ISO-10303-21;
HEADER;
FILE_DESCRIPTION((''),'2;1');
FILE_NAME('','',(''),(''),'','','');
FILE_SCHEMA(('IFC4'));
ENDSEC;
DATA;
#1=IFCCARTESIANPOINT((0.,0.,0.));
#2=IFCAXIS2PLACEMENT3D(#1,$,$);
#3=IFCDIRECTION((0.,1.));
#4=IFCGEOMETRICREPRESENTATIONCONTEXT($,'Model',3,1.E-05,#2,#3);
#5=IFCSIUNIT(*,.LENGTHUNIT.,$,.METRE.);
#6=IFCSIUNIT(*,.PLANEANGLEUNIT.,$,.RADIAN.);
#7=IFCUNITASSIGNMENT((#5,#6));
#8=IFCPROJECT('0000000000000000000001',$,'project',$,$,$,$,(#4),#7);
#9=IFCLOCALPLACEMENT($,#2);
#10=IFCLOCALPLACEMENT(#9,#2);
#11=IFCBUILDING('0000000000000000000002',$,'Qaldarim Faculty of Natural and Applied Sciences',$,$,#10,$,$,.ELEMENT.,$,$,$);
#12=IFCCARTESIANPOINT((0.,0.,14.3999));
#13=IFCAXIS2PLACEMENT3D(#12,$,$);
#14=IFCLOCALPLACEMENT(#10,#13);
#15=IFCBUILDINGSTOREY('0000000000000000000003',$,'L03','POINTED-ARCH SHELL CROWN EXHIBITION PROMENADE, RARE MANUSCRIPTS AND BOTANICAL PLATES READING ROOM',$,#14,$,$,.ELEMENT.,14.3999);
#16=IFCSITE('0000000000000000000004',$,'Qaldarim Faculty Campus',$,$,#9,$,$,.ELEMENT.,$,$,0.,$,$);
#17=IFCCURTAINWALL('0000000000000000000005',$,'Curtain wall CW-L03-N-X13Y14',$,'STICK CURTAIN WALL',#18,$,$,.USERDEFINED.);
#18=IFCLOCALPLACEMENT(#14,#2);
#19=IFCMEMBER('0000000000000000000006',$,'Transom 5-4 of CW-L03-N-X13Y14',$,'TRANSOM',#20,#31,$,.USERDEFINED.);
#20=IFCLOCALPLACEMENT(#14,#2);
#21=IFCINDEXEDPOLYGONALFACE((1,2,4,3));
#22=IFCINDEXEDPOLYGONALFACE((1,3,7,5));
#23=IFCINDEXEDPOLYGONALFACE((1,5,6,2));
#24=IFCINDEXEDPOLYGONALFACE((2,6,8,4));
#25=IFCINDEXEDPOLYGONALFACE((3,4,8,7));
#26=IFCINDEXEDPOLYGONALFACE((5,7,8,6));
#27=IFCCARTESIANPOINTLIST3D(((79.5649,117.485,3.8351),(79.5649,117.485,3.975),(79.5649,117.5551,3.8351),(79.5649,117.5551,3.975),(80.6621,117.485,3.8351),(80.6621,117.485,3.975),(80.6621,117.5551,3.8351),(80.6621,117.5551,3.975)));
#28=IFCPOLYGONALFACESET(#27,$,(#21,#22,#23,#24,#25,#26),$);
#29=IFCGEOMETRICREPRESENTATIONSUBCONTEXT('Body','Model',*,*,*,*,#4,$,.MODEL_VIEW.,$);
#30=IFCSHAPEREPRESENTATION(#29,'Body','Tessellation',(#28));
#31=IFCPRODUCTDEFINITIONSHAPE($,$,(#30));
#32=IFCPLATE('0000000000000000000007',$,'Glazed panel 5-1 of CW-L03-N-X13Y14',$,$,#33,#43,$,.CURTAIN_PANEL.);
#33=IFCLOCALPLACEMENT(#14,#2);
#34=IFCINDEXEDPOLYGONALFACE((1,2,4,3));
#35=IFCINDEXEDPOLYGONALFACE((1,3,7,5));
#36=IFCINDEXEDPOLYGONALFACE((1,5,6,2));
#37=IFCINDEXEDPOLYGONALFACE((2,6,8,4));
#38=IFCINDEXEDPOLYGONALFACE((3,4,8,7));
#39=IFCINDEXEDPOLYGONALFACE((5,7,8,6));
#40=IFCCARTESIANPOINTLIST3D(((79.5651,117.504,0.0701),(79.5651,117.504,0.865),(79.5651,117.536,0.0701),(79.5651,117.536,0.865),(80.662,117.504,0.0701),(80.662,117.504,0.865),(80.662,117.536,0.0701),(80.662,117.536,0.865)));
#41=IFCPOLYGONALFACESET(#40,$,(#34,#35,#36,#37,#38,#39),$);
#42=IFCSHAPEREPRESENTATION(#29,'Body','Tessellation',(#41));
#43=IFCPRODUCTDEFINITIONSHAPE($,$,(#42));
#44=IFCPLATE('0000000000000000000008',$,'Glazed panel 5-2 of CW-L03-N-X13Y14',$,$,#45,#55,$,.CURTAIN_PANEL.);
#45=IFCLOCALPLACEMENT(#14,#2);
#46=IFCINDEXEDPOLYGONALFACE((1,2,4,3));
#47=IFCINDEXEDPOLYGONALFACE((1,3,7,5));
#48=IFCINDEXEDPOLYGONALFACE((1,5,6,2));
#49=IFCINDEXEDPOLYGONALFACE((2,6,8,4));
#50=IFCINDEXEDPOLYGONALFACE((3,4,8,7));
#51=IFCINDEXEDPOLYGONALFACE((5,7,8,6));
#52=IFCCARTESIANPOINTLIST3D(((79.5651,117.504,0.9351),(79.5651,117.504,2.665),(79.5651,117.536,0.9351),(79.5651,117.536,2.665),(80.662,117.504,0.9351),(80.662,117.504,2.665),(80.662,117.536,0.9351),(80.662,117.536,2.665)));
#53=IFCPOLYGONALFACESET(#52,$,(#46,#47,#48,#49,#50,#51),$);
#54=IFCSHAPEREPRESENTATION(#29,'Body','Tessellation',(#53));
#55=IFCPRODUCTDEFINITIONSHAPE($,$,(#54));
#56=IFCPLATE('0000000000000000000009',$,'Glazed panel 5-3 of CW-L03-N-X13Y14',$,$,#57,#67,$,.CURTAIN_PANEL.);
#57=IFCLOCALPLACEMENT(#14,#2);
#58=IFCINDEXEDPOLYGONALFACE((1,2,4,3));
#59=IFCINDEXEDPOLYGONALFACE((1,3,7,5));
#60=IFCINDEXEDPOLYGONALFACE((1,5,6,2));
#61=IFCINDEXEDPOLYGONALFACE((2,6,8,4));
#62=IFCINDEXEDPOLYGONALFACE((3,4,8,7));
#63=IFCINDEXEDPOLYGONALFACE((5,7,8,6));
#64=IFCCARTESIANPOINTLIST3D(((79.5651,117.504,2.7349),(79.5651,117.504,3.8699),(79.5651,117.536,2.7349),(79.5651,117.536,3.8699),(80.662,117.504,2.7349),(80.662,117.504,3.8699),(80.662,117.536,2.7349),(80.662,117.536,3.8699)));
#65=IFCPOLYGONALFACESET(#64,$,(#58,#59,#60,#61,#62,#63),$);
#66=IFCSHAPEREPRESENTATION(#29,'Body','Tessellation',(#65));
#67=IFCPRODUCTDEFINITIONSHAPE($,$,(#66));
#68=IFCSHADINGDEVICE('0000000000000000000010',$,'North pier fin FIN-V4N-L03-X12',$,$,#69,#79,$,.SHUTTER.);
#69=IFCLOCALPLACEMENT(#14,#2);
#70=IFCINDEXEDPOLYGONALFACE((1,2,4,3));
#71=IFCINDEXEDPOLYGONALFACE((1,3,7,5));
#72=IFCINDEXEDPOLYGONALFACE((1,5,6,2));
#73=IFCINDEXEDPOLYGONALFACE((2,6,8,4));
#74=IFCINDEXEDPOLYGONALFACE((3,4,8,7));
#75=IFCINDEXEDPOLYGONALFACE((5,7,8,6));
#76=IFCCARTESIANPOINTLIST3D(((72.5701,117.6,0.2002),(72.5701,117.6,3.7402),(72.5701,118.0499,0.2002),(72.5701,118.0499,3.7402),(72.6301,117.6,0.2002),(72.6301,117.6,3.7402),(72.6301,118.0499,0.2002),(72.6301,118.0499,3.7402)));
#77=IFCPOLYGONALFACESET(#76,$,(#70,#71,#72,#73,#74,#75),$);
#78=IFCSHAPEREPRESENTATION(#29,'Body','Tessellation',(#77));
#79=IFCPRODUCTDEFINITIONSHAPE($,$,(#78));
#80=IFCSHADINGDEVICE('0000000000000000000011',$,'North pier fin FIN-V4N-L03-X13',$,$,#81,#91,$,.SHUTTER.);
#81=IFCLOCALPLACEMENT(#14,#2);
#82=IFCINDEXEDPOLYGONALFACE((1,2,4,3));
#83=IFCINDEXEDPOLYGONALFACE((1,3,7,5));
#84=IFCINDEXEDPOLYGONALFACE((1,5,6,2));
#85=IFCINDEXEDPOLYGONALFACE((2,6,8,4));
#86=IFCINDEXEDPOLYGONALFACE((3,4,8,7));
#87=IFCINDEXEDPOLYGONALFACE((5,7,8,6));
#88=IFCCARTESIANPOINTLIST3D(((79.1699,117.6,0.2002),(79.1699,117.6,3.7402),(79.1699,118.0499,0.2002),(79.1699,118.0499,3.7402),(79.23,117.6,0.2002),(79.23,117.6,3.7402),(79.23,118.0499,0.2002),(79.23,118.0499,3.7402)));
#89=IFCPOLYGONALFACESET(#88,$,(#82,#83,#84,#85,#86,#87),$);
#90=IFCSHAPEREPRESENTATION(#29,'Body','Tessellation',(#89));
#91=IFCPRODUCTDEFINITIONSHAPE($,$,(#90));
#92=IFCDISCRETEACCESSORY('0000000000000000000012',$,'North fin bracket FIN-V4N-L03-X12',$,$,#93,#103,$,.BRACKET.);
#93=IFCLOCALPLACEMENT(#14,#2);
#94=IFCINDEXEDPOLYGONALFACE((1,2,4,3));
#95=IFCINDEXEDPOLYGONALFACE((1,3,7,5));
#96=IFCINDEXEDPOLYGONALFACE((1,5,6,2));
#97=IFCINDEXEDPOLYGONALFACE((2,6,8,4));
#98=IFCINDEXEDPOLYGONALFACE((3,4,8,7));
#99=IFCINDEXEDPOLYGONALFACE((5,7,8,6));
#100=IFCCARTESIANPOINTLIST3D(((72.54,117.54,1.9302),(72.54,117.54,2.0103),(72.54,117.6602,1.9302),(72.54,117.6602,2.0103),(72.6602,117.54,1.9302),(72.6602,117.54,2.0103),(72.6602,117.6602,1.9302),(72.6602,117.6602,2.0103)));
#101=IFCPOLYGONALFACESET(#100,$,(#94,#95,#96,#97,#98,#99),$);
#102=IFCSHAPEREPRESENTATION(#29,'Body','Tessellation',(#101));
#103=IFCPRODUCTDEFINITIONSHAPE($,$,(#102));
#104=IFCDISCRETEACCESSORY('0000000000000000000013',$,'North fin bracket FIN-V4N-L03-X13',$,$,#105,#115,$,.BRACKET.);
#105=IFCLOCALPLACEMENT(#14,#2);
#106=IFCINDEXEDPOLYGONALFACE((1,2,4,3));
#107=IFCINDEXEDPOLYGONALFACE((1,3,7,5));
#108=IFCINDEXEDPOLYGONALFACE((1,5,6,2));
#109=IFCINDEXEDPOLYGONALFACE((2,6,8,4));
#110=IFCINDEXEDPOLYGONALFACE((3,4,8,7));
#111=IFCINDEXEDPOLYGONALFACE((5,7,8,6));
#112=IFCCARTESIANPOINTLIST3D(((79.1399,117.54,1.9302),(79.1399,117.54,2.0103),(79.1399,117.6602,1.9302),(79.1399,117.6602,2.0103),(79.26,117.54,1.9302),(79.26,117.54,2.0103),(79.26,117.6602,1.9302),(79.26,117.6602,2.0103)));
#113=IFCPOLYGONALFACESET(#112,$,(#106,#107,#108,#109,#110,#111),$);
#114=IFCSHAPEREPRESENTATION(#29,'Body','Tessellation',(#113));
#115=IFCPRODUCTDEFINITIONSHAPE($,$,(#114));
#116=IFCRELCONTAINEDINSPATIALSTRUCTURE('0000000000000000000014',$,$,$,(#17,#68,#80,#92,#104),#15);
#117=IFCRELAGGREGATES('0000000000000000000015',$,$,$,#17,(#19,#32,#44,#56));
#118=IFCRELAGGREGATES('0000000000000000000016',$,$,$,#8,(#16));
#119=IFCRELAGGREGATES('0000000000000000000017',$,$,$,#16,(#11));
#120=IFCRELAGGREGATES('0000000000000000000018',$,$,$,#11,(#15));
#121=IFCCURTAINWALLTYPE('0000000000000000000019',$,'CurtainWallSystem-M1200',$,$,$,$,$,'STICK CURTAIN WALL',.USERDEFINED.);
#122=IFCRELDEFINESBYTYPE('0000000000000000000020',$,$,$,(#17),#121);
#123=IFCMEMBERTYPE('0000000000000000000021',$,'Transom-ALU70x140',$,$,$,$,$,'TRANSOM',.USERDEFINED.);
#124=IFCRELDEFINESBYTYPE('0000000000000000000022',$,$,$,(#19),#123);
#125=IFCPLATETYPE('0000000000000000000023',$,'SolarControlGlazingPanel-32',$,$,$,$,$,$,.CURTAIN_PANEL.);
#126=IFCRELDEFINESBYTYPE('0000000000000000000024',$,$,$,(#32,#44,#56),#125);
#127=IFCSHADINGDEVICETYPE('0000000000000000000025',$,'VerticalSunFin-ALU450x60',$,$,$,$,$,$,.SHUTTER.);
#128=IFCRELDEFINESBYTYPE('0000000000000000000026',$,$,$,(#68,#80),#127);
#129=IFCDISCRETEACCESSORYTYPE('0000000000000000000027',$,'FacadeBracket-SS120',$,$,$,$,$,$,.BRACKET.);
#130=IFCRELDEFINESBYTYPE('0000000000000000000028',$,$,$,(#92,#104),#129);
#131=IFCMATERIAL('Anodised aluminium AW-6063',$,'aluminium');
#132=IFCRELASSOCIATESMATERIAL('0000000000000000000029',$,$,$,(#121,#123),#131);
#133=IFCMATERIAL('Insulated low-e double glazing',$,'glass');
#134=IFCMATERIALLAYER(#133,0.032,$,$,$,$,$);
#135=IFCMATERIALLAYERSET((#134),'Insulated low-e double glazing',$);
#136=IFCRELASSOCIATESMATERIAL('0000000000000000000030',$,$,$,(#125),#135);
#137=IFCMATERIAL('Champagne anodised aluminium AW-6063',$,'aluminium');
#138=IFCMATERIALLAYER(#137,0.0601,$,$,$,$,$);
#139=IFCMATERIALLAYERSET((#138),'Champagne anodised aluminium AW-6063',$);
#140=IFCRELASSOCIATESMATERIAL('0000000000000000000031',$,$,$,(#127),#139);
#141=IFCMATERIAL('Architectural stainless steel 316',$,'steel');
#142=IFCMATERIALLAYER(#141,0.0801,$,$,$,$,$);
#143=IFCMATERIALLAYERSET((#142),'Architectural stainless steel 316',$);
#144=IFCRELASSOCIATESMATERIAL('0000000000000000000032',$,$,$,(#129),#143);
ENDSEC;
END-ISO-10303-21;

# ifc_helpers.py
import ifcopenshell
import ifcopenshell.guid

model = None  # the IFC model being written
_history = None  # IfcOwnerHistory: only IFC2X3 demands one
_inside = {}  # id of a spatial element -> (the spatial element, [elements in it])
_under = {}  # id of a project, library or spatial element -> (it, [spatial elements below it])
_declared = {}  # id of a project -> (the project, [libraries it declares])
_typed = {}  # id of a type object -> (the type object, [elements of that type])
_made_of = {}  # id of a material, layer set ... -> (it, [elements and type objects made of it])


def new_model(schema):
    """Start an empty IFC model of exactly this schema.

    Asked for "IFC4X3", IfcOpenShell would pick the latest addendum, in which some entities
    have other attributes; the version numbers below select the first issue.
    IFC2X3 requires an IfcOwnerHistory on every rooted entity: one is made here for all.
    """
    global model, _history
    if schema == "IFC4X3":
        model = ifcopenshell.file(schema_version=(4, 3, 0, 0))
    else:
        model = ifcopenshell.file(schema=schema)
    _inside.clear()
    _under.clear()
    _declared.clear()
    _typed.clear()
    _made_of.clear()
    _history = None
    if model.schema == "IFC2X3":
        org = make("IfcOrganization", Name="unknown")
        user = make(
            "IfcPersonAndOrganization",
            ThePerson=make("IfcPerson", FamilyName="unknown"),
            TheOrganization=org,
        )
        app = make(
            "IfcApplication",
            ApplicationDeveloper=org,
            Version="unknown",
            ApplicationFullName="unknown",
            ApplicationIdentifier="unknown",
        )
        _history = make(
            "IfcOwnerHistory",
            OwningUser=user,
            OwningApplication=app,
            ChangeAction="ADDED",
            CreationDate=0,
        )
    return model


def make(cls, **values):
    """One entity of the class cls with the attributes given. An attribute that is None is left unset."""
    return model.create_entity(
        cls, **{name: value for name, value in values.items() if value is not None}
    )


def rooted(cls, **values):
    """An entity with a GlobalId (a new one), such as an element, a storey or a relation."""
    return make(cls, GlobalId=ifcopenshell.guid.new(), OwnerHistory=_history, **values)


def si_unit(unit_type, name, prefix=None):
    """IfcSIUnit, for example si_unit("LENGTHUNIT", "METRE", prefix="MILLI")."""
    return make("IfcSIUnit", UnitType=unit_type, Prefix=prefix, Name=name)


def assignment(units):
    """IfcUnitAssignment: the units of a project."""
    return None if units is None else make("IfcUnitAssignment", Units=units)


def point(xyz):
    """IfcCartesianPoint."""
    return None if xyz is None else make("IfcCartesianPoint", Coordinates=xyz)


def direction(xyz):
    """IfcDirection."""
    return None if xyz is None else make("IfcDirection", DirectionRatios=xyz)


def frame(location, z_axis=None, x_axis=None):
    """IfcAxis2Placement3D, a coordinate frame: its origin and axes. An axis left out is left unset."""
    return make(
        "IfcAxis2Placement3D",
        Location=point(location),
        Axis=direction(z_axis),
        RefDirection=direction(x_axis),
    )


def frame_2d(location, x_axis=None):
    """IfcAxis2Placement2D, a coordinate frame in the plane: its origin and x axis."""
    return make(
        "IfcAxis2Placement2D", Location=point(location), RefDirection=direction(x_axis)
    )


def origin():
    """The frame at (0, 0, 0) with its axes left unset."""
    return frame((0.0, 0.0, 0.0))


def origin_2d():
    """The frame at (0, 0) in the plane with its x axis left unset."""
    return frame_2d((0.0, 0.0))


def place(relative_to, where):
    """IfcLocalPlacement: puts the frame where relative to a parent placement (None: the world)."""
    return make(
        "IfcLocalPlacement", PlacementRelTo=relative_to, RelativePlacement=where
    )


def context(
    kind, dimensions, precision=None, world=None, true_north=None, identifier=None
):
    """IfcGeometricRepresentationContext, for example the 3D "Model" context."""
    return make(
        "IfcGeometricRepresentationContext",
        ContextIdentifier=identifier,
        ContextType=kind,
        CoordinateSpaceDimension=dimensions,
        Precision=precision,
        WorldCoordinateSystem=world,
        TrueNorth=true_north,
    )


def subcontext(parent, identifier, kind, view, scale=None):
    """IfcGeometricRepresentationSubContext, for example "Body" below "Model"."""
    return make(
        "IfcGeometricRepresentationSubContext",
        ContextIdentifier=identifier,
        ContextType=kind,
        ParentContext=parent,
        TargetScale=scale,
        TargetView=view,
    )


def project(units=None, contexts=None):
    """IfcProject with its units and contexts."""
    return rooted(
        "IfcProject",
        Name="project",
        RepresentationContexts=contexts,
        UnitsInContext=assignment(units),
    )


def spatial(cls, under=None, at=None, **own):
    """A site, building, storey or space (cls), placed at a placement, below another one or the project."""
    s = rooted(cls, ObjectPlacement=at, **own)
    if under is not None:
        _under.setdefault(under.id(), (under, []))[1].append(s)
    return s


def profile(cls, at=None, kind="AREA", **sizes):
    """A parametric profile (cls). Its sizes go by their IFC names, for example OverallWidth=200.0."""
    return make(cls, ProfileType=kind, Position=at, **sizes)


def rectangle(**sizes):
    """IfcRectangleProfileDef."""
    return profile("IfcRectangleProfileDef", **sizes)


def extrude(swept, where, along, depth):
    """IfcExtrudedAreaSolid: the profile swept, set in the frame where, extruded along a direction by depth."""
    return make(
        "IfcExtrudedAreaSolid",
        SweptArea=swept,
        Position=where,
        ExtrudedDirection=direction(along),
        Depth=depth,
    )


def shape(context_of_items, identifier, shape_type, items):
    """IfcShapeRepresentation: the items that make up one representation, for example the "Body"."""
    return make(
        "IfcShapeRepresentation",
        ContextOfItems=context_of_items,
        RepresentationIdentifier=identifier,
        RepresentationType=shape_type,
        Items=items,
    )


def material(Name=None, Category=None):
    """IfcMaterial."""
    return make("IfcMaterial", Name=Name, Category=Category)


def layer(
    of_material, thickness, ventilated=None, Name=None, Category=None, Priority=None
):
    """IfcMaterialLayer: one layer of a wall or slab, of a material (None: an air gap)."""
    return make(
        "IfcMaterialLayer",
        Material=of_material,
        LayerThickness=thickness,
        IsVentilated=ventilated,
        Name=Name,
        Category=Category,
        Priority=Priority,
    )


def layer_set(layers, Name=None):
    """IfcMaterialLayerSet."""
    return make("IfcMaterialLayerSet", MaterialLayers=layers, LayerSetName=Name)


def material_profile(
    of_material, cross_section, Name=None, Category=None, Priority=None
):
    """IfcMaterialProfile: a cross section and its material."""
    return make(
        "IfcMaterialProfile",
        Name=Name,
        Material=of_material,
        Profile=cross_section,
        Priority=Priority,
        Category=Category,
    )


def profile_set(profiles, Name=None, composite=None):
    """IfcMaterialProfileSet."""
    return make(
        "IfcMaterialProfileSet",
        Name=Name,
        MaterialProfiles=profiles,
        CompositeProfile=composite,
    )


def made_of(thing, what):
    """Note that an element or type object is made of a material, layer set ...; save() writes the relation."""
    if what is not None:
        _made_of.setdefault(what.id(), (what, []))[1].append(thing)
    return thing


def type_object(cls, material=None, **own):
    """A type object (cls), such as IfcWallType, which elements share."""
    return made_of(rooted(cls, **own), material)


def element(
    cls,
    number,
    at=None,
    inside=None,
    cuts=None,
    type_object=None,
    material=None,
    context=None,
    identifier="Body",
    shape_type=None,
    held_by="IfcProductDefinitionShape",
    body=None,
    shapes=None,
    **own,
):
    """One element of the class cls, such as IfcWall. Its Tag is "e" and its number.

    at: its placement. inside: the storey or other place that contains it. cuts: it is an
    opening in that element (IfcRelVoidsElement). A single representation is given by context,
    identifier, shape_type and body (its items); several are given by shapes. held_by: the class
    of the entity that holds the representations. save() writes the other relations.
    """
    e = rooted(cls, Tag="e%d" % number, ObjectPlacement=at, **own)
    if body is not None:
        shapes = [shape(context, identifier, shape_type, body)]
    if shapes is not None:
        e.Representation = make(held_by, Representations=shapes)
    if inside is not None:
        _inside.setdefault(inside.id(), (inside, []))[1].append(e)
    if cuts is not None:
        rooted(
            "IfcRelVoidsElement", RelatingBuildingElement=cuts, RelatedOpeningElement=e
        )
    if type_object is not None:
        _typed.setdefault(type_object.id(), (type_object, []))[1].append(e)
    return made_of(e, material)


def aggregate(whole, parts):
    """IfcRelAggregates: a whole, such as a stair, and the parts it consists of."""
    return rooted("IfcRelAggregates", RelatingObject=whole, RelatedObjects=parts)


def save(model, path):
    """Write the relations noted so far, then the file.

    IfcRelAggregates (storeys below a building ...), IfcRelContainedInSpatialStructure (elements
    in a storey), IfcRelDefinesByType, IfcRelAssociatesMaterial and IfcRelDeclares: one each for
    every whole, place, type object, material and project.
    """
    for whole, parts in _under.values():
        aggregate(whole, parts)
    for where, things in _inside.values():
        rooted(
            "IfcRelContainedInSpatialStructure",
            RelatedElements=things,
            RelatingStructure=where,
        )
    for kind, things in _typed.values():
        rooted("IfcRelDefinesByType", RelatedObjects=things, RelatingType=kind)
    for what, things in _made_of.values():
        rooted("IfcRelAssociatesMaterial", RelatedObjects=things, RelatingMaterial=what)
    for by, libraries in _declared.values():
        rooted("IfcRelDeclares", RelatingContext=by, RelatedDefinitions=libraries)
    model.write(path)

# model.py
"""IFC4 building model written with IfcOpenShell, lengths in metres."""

from ifc_helpers import new_model, si_unit, direction, frame, origin, origin_2d, place, context, subcontext, project, spatial, rectangle, extrude, material, layer, layer_set, material_profile, profile_set, type_object, element, aggregate, save


model = new_model("IFC4")

# Units and contexts
model_context = context("Model", 3, precision=1e-05, world=origin(), true_north=direction((0.0, 1.0)))
body_context = subcontext(model_context, "Body", "Model", "MODEL_VIEW")
ifc_project = project(units=[si_unit("LENGTHUNIT", "METRE"), si_unit("PLANEANGLEUNIT", "RADIAN")], contexts=[model_context])

# Site, building, storey
site_placement = place(None, origin())
site = spatial("IfcSite", under=ifc_project, at=site_placement, Name="Qaldarim Faculty Campus", CompositionType="ELEMENT", RefElevation=0.0)
building_placement = place(site_placement, origin())
building = spatial("IfcBuilding", under=site, at=building_placement, Name="Qaldarim Faculty of Natural and Applied Sciences", CompositionType="ELEMENT")
storey_placement = place(building_placement, frame((0.0, 0.0, 14.3999)))
storey = spatial("IfcBuildingStorey", under=building, at=storey_placement, Name="L03", Description="POINTED-ARCH SHELL CROWN EXHIBITION PROMENADE, RARE MANUSCRIPTS AND BOTANICAL PLATES READING ROOM", CompositionType="ELEMENT", Elevation=14.3999)

# Shared definitions
ifc_material_1 = material(Name="Anodised aluminium AW-6063", Category="aluminium")
curtain_wall_type = type_object("IfcCurtainWallType", Name="CurtainWallSystem-M1200", ElementType="STICK CURTAIN WALL", PredefinedType="USERDEFINED", material=ifc_material_1)

# Curtain wall
curtain_wall_1_placement = place(storey_placement, origin())
curtain_wall_1 = element("IfcCurtainWall", 1, at=curtain_wall_1_placement, inside=storey, type_object=curtain_wall_type, Name="Curtain wall CW-L03-N-X13Y14", ObjectType="STICK CURTAIN WALL", PredefinedType="USERDEFINED")

# Member
ifc_material_profile_1 = material_profile(ifc_material_1, rectangle(XDim=0.0701, YDim=0.1399, at=origin_2d()), Name="ALU-T70x140")
ifc_profile_set_1 = profile_set([ifc_material_profile_1], Name="Anodised aluminium AW-6063")
member_type_1 = type_object("IfcMemberType", Name="Transom-ALU70x140", ElementType="TRANSOM", PredefinedType="USERDEFINED", material=ifc_profile_set_1)
member_1_placement = place(storey_placement, frame((80.6621, 117.52, 3.905), z_axis=(-1.0, 0.0, 0.0), x_axis=(0.0, -1.0, 0.0)))
member_1 = element("IfcMember", 2, at=member_1_placement, type_object=member_type_1, Name="Transom 5-4 of CW-L03-N-X13Y14", ObjectType="TRANSOM", PredefinedType="USERDEFINED", context=body_context, shape_type="SweptSolid", body=[
    extrude(rectangle(XDim=0.0701, YDim=0.1399, at=origin_2d()), origin(), (0.0, 0.0, 1.0), 1.0972),
])

# Plates
ifc_material_2 = material(Name="Insulated low-e double glazing", Category="glass")
ifc_layer_1 = layer(ifc_material_2, 0.032)
ifc_layer_set_1 = layer_set([ifc_layer_1], Name="Insulated low-e double glazing")
plate_type = type_object("IfcPlateType", Name="SolarControlGlazingPanel-32", PredefinedType="CURTAIN_PANEL", material=ifc_layer_set_1)
plate_1_placement = place(storey_placement, frame((80.1135, 117.52, 0.0701), z_axis=(0.0, 0.0, 1.0), x_axis=(-1.0, 0.0, 0.0)))
plate_1 = element("IfcPlate", 3, at=plate_1_placement, type_object=plate_type, Name="Glazed panel 5-1 of CW-L03-N-X13Y14", PredefinedType="CURTAIN_PANEL", context=body_context, shape_type="SweptSolid", body=[
    extrude(rectangle(XDim=1.0969, YDim=0.032, at=origin_2d()), origin(), (0.0, 0.0, 1.0), 0.7949),
])
plate_2_placement = place(storey_placement, frame((80.1135, 117.52, 0.9351), z_axis=(0.0, 0.0, 1.0), x_axis=(-1.0, 0.0, 0.0)))
plate_2 = element("IfcPlate", 4, at=plate_2_placement, type_object=plate_type, Name="Glazed panel 5-2 of CW-L03-N-X13Y14", PredefinedType="CURTAIN_PANEL", context=body_context, shape_type="SweptSolid", body=[
    extrude(rectangle(XDim=1.0969, YDim=0.032, at=origin_2d()), origin(), (0.0, 0.0, 1.0), 1.73),
])
plate_3_placement = place(storey_placement, frame((80.1135, 117.52, 2.7349), z_axis=(0.0, 0.0, 1.0), x_axis=(-1.0, 0.0, 0.0)))
plate_3 = element("IfcPlate", 5, at=plate_3_placement, type_object=plate_type, Name="Glazed panel 5-3 of CW-L03-N-X13Y14", PredefinedType="CURTAIN_PANEL", context=body_context, shape_type="SweptSolid", body=[
    extrude(rectangle(XDim=1.0969, YDim=0.032, at=origin_2d()), origin(), (0.0, 0.0, 1.0), 1.135),
])
aggregate(curtain_wall_1, [member_1, plate_1, plate_2, plate_3])

# Shading devices
ifc_material_3 = material(Name="Champagne anodised aluminium AW-6063", Category="aluminium")
ifc_layer_2 = layer(ifc_material_3, 0.0601)
ifc_layer_set_2 = layer_set([ifc_layer_2], Name="Champagne anodised aluminium AW-6063")
shading_device_type = type_object("IfcShadingDeviceType", Name="VerticalSunFin-ALU450x60", PredefinedType="SHUTTER", material=ifc_layer_set_2)
for number, where, z_axis, x_axis, name in (
    (6, (72.6001, 117.825, 0.2002), (0.0, 0.0, 1.0), (1.0, 0.0, 0.0), "North pier fin FIN-V4N-L03-X12"),
    (7, (79.2, 117.825, 0.2002), (0.0, 0.0, 1.0), (1.0, 0.0, 0.0), "North pier fin FIN-V4N-L03-X13"),
):
    element("IfcShadingDevice", number, at=place(storey_placement, frame(where, z_axis=z_axis, x_axis=x_axis)), inside=storey, type_object=shading_device_type, Name=name, PredefinedType="SHUTTER", context=body_context, shape_type="SweptSolid", body=[
        extrude(rectangle(XDim=0.0601, YDim=0.45, at=origin_2d()), origin(), (0.0, 0.0, 1.0), 3.54),
    ])

# Discrete accessories
ifc_material_4 = material(Name="Architectural stainless steel 316", Category="steel")
ifc_layer_3 = layer(ifc_material_4, 0.0801)
ifc_layer_set_3 = layer_set([ifc_layer_3], Name="Architectural stainless steel 316")
discrete_accessory_type = type_object("IfcDiscreteAccessoryType", Name="FacadeBracket-SS120", PredefinedType="BRACKET", material=ifc_layer_set_3)
for number, where, z_axis, x_axis, name in (
    (8, (72.6001, 117.6001, 1.9302), (0.0, 0.0, 1.0), (1.0, 0.0, 0.0), "North fin bracket FIN-V4N-L03-X12"),
    (9, (79.2, 117.6001, 1.9302), (0.0, 0.0, 1.0), (1.0, 0.0, 0.0), "North fin bracket FIN-V4N-L03-X13"),
):
    element("IfcDiscreteAccessory", number, at=place(storey_placement, frame(where, z_axis=z_axis, x_axis=x_axis)), inside=storey, type_object=discrete_accessory_type, Name=name, PredefinedType="BRACKET", context=body_context, shape_type="SweptSolid", body=[
        extrude(rectangle(XDim=0.1201, YDim=0.1201, at=origin_2d()), origin(), (0.0, 0.0, 1.0), 0.0801),
    ])

save(model, "model.ifc")
